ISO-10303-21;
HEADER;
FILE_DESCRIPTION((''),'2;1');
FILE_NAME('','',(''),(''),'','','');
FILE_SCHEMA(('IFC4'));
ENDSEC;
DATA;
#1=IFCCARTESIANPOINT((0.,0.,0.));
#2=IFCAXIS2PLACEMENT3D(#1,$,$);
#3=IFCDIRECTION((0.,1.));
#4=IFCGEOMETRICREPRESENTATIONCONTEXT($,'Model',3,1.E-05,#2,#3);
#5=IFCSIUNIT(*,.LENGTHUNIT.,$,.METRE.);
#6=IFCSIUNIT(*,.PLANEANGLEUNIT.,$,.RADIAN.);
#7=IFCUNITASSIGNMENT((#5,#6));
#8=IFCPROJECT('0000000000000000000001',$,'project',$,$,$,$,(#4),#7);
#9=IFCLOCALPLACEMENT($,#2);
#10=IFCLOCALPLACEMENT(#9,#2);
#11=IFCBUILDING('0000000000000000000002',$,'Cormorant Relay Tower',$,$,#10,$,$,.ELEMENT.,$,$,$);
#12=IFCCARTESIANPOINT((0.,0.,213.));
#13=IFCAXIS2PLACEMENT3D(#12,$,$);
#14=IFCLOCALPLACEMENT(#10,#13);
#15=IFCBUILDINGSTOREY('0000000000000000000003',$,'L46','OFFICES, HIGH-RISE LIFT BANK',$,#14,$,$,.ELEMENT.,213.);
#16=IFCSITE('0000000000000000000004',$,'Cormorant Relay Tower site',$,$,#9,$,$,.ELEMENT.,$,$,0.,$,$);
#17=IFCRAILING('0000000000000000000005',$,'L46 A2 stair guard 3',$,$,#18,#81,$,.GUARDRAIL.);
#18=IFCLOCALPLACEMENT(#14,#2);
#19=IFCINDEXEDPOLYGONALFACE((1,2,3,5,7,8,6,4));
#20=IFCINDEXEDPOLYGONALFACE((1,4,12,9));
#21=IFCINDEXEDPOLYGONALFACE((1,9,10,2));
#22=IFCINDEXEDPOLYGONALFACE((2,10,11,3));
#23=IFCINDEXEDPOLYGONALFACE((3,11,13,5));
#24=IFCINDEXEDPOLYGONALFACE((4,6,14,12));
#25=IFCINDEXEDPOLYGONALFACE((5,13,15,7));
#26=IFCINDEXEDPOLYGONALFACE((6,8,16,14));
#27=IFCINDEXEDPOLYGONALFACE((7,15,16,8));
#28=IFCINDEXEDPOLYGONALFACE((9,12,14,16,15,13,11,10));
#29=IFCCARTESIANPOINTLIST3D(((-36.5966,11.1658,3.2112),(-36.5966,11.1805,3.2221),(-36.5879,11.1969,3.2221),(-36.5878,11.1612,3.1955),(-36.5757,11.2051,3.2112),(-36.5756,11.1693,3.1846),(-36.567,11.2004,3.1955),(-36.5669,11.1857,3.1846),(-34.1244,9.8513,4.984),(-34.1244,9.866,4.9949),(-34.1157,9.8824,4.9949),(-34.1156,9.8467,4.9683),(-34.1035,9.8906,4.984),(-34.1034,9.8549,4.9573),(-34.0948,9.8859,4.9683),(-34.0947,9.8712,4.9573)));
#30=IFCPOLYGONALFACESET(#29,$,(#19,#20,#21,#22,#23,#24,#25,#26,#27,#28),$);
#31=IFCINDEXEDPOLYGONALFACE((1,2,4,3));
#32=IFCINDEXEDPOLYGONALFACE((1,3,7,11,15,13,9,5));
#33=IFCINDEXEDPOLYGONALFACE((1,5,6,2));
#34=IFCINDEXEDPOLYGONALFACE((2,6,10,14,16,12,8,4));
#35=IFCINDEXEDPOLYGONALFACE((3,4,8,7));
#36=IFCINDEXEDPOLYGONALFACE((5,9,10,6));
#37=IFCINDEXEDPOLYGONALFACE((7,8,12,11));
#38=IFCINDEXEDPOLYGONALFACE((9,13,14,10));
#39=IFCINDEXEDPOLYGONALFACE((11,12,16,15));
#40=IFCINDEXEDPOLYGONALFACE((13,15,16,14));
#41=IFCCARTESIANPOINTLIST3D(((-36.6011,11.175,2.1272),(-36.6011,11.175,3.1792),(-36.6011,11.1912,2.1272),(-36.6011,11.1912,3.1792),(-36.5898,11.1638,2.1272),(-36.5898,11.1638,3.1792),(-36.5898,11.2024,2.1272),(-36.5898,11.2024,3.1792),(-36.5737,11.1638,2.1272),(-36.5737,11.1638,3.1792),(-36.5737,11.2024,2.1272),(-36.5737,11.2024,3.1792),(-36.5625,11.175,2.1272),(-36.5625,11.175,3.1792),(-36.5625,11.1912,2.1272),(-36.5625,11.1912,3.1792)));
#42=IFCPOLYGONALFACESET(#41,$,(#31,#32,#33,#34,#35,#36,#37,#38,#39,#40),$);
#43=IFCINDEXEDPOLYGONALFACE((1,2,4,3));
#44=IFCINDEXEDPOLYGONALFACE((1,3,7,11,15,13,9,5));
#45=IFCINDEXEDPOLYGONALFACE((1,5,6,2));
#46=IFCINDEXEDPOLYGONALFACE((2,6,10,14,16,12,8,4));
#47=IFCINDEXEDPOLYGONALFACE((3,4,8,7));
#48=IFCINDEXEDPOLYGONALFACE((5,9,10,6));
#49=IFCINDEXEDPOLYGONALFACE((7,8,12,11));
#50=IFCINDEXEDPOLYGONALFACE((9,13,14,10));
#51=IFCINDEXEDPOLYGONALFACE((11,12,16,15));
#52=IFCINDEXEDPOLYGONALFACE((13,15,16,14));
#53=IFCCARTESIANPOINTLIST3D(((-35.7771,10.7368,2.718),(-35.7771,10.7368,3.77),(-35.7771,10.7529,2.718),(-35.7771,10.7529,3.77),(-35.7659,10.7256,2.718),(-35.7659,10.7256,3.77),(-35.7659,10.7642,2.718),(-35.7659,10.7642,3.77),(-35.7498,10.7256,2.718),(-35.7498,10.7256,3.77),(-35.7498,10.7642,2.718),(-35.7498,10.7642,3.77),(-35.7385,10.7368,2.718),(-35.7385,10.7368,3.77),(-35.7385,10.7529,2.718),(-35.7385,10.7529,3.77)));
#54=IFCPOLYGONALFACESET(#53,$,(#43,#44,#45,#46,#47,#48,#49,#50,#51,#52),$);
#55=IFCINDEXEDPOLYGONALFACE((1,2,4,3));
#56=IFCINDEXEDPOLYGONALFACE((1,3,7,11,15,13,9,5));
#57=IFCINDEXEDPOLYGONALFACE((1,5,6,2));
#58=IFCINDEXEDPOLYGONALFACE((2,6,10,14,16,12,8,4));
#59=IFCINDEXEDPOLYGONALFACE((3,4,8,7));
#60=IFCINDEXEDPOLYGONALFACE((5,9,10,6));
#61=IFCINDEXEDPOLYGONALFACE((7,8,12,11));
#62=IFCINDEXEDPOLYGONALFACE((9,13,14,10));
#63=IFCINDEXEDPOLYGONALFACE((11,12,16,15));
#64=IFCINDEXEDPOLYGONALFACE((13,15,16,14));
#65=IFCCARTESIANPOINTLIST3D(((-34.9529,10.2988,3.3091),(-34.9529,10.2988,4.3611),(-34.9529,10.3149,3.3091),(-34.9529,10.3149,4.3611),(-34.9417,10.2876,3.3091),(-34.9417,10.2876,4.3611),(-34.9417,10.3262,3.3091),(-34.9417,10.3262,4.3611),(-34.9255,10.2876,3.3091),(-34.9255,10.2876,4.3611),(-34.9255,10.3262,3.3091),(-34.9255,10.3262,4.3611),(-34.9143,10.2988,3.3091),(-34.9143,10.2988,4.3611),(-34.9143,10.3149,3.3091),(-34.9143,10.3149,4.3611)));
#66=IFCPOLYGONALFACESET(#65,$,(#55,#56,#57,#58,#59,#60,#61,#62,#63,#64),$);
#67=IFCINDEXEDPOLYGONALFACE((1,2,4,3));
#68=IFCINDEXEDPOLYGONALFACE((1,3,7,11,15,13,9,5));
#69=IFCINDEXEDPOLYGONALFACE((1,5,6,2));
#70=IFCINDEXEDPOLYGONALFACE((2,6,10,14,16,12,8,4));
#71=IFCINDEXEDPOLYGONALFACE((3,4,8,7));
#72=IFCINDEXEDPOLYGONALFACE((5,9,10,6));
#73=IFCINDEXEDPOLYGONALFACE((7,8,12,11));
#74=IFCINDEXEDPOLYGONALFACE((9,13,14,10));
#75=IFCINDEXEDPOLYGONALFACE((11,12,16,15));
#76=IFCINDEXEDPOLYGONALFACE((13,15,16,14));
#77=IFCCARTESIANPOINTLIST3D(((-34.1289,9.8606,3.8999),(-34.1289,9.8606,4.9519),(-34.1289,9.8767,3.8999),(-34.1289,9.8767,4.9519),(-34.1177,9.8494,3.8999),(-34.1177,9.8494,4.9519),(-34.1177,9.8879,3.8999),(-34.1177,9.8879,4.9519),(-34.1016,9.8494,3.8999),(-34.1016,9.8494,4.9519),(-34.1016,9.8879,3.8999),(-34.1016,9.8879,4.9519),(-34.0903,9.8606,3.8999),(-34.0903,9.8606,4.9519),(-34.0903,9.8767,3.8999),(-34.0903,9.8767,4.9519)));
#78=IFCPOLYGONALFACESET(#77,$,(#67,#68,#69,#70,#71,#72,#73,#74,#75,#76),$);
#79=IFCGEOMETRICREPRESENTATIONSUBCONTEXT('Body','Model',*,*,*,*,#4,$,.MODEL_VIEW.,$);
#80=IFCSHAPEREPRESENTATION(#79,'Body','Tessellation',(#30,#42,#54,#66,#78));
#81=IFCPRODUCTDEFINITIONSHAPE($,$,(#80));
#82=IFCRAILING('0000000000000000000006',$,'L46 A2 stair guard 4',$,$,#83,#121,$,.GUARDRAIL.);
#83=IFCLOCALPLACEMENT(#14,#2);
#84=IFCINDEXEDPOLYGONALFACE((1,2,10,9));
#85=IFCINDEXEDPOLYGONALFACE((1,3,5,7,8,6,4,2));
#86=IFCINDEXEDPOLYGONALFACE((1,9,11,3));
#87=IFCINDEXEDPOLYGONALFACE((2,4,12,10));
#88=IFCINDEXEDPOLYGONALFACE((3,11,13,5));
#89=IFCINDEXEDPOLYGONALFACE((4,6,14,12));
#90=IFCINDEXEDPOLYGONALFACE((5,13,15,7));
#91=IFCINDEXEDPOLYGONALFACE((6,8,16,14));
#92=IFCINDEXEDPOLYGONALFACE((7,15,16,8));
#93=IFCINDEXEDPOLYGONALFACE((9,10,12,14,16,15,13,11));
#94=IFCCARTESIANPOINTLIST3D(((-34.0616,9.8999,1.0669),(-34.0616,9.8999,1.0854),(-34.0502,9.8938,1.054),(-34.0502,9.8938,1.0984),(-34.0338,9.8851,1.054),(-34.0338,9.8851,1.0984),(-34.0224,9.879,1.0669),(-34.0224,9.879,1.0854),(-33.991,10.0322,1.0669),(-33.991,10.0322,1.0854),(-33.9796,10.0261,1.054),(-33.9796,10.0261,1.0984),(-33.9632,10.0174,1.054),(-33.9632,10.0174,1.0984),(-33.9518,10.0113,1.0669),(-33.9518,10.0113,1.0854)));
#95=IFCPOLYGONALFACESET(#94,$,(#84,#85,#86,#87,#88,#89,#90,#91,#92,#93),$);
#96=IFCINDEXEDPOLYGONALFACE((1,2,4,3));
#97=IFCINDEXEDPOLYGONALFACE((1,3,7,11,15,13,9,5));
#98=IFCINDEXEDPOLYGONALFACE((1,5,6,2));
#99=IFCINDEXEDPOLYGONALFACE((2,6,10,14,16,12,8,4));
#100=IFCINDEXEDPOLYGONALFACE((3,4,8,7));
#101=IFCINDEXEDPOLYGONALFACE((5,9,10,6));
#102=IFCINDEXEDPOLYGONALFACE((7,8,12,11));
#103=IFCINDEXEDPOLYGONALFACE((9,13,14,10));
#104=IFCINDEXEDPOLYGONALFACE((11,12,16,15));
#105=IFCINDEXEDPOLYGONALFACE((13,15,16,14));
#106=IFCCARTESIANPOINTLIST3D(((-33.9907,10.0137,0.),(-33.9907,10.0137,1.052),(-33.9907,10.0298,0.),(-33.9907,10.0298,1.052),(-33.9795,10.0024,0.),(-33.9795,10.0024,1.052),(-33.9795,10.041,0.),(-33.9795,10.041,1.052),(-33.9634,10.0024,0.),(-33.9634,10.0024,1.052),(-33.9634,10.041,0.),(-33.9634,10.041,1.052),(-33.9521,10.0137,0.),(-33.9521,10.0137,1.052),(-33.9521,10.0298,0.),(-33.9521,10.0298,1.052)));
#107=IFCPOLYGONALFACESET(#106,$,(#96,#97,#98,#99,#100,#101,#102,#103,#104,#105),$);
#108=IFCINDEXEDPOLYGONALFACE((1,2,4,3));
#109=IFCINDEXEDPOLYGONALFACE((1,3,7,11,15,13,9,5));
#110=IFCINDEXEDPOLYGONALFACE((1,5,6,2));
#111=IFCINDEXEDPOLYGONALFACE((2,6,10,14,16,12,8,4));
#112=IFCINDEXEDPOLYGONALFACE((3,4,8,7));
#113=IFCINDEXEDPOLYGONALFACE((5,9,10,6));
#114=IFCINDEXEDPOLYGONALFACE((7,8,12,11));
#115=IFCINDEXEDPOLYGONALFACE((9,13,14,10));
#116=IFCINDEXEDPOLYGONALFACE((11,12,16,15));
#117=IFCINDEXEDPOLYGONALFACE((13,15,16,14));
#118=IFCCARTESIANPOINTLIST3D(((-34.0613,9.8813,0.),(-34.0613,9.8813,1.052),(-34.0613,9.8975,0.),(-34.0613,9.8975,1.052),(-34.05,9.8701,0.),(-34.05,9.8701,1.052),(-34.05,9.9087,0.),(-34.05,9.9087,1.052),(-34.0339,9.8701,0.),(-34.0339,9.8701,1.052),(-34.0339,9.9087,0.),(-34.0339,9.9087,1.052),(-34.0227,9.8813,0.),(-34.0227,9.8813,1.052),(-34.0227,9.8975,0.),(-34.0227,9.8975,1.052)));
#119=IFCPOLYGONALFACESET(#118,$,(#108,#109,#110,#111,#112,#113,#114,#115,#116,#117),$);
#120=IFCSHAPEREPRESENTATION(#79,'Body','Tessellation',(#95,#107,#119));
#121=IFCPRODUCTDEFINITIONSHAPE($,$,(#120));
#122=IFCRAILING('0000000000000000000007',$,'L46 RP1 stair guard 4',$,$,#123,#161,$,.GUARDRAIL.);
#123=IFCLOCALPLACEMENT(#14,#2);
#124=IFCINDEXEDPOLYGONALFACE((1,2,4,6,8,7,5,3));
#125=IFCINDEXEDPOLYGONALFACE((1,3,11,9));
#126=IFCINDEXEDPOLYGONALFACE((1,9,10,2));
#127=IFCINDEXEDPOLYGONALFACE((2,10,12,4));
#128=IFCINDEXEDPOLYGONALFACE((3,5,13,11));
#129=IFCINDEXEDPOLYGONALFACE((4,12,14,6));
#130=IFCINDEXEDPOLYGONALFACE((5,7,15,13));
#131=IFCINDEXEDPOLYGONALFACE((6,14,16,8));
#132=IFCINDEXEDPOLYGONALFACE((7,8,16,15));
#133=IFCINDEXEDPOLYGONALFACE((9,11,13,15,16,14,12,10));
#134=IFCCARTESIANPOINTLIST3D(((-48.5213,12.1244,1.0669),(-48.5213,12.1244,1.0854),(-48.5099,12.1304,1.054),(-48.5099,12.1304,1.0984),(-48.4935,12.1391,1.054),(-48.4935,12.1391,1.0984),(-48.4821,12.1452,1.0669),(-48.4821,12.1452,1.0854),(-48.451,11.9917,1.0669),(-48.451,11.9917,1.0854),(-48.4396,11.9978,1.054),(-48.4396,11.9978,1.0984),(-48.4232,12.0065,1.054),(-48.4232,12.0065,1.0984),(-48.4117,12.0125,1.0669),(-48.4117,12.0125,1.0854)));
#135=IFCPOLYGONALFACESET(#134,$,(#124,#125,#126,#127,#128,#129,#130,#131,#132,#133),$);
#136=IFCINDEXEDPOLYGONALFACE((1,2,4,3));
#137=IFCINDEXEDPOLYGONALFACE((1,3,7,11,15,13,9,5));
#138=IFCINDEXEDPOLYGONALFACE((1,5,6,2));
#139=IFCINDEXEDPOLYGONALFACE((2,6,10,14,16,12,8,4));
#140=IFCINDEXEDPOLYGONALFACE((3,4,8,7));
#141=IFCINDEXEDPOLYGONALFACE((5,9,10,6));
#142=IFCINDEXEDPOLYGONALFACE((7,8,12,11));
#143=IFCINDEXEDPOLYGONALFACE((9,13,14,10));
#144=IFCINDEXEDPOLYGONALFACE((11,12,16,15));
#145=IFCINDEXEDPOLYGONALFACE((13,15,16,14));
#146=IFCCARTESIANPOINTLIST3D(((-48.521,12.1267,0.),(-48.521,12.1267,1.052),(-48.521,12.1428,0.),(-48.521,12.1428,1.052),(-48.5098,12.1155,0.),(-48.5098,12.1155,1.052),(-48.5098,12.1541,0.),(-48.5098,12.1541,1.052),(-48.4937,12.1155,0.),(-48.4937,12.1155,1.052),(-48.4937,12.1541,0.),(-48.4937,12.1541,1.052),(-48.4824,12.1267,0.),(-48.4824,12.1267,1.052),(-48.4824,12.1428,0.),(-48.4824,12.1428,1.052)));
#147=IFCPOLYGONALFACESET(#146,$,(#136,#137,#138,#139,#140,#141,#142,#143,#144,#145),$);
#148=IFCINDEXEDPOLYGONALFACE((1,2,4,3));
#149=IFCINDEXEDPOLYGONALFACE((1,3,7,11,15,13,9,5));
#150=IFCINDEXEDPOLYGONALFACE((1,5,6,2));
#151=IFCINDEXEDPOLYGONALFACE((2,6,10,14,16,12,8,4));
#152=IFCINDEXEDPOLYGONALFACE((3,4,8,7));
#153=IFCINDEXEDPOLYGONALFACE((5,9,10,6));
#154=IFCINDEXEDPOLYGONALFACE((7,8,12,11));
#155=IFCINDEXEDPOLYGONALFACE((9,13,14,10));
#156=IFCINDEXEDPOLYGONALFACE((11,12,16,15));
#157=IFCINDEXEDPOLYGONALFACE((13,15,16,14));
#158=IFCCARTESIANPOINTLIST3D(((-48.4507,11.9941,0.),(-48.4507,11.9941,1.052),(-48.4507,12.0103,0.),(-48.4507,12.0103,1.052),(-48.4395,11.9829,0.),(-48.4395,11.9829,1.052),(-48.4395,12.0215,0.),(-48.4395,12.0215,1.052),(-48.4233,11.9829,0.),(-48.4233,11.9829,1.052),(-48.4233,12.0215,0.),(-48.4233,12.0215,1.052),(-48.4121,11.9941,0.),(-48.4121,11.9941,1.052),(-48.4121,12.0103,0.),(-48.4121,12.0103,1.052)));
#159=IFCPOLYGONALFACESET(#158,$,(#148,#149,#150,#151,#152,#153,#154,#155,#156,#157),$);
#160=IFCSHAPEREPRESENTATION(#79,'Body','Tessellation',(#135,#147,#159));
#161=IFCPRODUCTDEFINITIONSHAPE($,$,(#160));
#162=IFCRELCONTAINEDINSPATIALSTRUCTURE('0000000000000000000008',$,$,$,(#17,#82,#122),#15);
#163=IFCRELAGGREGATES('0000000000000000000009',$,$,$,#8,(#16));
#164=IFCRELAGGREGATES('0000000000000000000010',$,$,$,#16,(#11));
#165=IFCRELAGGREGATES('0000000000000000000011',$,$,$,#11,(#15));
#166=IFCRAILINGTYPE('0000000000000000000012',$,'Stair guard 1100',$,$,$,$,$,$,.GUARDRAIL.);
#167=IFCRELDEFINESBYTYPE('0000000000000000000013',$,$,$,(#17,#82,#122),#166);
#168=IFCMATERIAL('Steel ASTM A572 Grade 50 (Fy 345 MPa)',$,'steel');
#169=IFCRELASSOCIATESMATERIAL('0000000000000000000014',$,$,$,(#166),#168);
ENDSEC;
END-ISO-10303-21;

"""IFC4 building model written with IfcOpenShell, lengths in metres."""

from ifc_helpers import new_model, si_unit, direction, frame, origin, place, context, subcontext, project, spatial, polyline, outline, extrude, material, type_object, element, save


model = new_model("IFC4")

# Units and contexts
model_context = context("Model", 3, precision=1e-05, world=origin(), true_north=direction((0.0, 1.0)))
body_context = subcontext(model_context, "Body", "Model", "MODEL_VIEW")
ifc_project = project(units=[si_unit("LENGTHUNIT", "METRE"), si_unit("PLANEANGLEUNIT", "RADIAN")], contexts=[model_context])

# Site, building, storey
site_placement = place(None, origin())
site = spatial("IfcSite", under=ifc_project, at=site_placement, Name="Cormorant Relay Tower site", CompositionType="ELEMENT", RefElevation=0.0)
building_placement = place(site_placement, origin())
building = spatial("IfcBuilding", under=site, at=building_placement, Name="Cormorant Relay Tower", CompositionType="ELEMENT")
storey_placement = place(building_placement, frame((0.0, 0.0, 213.0)))
storey = spatial("IfcBuildingStorey", under=building, at=storey_placement, Name="L46", Description="OFFICES, HIGH-RISE LIFT BANK", CompositionType="ELEMENT", Elevation=213.0)

# Railings
ifc_material_1 = material(Name="Steel ASTM A572 Grade 50 (Fy 345 MPa)", Category="steel")
railing_type_1 = type_object("IfcRailingType", Name="Stair guard 1100", PredefinedType="GUARDRAIL", material=ifc_material_1)
railing_1_placement = place(storey_placement, frame((-36.5818, 11.1831, 2.1272)))
element("IfcRailing", 1, at=railing_1_placement, inside=storey, type_object=railing_type_1, Name="L46 A2 stair guard 3", PredefinedType="GUARDRAIL", context=body_context, shape_type="SweptSolid", body=[
    extrude(outline(polyline([(0.0222, 0.0093), (0.0093, 0.0222), (-0.0093, 0.0222), (-0.0222, 0.0093), (-0.0222, -0.0093), (-0.0093, -0.0222), (0.0093, -0.0222), (0.0222, -0.0093), (0.0222, 0.0093)])), frame((0.0, 0.0, 1.0762), z_axis=(0.746001, -0.396649, 0.534931), x_axis=(0.469465, 0.882951, 0.0)), (0.0, 0.0, 1.0), 3.314),
    extrude(outline(polyline([(0.0193, 0.0081), (0.0081, 0.0193), (-0.0081, 0.0193), (-0.0193, 0.0081), (-0.0193, -0.0081), (-0.0081, -0.0193), (0.0081, -0.0193), (0.0193, -0.0081), (0.0193, 0.0081)])), origin(), (0.0, 0.0, 1.0), 1.052),
    extrude(outline(polyline([(0.0193, 0.0081), (0.0081, 0.0193), (-0.0081, 0.0193), (-0.0193, 0.0081), (-0.0193, -0.0081), (-0.0081, -0.0193), (0.0081, -0.0193), (0.0193, -0.0081), (0.0193, 0.0081)])), frame((0.824, -0.4382, 0.5908)), (0.0, 0.0, 1.0), 1.052),
    extrude(outline(polyline([(0.0193, 0.0081), (0.0081, 0.0193), (-0.0081, 0.0193), (-0.0193, 0.0081), (-0.0193, -0.0081), (-0.0081, -0.0193), (0.0081, -0.0193), (0.0193, -0.0081), (0.0193, 0.0081)])), frame((1.6482, -0.8762, 1.1819)), (0.0, 0.0, 1.0), 1.052),
    extrude(outline(polyline([(0.0193, 0.0081), (0.0081, 0.0193), (-0.0081, 0.0193), (-0.0193, 0.0081), (-0.0193, -0.0081), (-0.0081, -0.0193), (0.0081, -0.0193), (0.0193, -0.0081), (0.0193, 0.0081)])), frame((2.4722, -1.3145, 1.7727)), (0.0, 0.0, 1.0), 1.052),
])
railing_2_placement = place(storey_placement, frame((-33.9714, 10.0217, 0.0)))
element("IfcRailing", 2, at=railing_2_placement, inside=storey, type_object=railing_type_1, Name="L46 A2 stair guard 4", PredefinedType="GUARDRAIL", context=body_context, shape_type="SweptSolid", body=[
    extrude(outline(polyline([(0.0222, 0.0093), (0.0093, 0.0222), (-0.0093, 0.0222), (-0.0222, 0.0093), (-0.0222, -0.0093), (-0.0093, -0.0222), (0.0093, -0.0222), (0.0222, -0.0093), (0.0222, 0.0093)])), frame((0.0, 0.0, 1.0762), z_axis=(-0.470504, -0.882398, 0.0), x_axis=(0.882398, -0.470504, 0.0)), (0.0, 0.0, 1.0), 0.1499),
    extrude(outline(polyline([(0.0193, 0.0081), (0.0081, 0.0193), (-0.0081, 0.0193), (-0.0193, 0.0081), (-0.0193, -0.0081), (-0.0081, -0.0193), (0.0081, -0.0193), (0.0193, -0.0081), (0.0193, 0.0081)])), origin(), (0.0, 0.0, 1.0), 1.052),
    extrude(outline(polyline([(0.0193, 0.0081), (0.0081, 0.0193), (-0.0081, 0.0193), (-0.0193, 0.0081), (-0.0193, -0.0081), (-0.0081, -0.0193), (0.0081, -0.0193), (0.0193, -0.0081), (0.0193, 0.0081)])), frame((-0.0706, -0.1323, 0.0)), (0.0, 0.0, 1.0), 1.052),
])
railing_3_placement = place(storey_placement, frame((-48.5017, 12.1348, 0.0)))
element("IfcRailing", 3, at=railing_3_placement, inside=storey, type_object=railing_type_1, Name="L46 RP1 stair guard 4", PredefinedType="GUARDRAIL", context=body_context, shape_type="SweptSolid", body=[
    extrude(outline(polyline([(0.0222, 0.0093), (0.0093, 0.0222), (-0.0093, 0.0222), (-0.0222, 0.0093), (-0.0222, -0.0093), (-0.0093, -0.0222), (0.0093, -0.0222), (0.0222, -0.0093), (0.0222, 0.0093)])), frame((0.0, 0.0, 1.0762), z_axis=(0.46856, -0.883431, 0.0), x_axis=(0.883431, 0.46856, 0.0)), (0.0, 0.0, 1.0), 0.1501),
    extrude(outline(polyline([(0.0193, 0.0081), (0.0081, 0.0193), (-0.0081, 0.0193), (-0.0193, 0.0081), (-0.0193, -0.0081), (-0.0081, -0.0193), (0.0081, -0.0193), (0.0193, -0.0081), (0.0193, 0.0081)])), origin(), (0.0, 0.0, 1.0), 1.052),
    extrude(outline(polyline([(0.0193, 0.0081), (0.0081, 0.0193), (-0.0081, 0.0193), (-0.0193, 0.0081), (-0.0193, -0.0081), (-0.0081, -0.0193), (0.0081, -0.0193), (0.0193, -0.0081), (0.0193, 0.0081)])), frame((0.0703, -0.1326, 0.0)), (0.0, 0.0, 1.0), 1.052),
])

save(model, "model.ifc")
